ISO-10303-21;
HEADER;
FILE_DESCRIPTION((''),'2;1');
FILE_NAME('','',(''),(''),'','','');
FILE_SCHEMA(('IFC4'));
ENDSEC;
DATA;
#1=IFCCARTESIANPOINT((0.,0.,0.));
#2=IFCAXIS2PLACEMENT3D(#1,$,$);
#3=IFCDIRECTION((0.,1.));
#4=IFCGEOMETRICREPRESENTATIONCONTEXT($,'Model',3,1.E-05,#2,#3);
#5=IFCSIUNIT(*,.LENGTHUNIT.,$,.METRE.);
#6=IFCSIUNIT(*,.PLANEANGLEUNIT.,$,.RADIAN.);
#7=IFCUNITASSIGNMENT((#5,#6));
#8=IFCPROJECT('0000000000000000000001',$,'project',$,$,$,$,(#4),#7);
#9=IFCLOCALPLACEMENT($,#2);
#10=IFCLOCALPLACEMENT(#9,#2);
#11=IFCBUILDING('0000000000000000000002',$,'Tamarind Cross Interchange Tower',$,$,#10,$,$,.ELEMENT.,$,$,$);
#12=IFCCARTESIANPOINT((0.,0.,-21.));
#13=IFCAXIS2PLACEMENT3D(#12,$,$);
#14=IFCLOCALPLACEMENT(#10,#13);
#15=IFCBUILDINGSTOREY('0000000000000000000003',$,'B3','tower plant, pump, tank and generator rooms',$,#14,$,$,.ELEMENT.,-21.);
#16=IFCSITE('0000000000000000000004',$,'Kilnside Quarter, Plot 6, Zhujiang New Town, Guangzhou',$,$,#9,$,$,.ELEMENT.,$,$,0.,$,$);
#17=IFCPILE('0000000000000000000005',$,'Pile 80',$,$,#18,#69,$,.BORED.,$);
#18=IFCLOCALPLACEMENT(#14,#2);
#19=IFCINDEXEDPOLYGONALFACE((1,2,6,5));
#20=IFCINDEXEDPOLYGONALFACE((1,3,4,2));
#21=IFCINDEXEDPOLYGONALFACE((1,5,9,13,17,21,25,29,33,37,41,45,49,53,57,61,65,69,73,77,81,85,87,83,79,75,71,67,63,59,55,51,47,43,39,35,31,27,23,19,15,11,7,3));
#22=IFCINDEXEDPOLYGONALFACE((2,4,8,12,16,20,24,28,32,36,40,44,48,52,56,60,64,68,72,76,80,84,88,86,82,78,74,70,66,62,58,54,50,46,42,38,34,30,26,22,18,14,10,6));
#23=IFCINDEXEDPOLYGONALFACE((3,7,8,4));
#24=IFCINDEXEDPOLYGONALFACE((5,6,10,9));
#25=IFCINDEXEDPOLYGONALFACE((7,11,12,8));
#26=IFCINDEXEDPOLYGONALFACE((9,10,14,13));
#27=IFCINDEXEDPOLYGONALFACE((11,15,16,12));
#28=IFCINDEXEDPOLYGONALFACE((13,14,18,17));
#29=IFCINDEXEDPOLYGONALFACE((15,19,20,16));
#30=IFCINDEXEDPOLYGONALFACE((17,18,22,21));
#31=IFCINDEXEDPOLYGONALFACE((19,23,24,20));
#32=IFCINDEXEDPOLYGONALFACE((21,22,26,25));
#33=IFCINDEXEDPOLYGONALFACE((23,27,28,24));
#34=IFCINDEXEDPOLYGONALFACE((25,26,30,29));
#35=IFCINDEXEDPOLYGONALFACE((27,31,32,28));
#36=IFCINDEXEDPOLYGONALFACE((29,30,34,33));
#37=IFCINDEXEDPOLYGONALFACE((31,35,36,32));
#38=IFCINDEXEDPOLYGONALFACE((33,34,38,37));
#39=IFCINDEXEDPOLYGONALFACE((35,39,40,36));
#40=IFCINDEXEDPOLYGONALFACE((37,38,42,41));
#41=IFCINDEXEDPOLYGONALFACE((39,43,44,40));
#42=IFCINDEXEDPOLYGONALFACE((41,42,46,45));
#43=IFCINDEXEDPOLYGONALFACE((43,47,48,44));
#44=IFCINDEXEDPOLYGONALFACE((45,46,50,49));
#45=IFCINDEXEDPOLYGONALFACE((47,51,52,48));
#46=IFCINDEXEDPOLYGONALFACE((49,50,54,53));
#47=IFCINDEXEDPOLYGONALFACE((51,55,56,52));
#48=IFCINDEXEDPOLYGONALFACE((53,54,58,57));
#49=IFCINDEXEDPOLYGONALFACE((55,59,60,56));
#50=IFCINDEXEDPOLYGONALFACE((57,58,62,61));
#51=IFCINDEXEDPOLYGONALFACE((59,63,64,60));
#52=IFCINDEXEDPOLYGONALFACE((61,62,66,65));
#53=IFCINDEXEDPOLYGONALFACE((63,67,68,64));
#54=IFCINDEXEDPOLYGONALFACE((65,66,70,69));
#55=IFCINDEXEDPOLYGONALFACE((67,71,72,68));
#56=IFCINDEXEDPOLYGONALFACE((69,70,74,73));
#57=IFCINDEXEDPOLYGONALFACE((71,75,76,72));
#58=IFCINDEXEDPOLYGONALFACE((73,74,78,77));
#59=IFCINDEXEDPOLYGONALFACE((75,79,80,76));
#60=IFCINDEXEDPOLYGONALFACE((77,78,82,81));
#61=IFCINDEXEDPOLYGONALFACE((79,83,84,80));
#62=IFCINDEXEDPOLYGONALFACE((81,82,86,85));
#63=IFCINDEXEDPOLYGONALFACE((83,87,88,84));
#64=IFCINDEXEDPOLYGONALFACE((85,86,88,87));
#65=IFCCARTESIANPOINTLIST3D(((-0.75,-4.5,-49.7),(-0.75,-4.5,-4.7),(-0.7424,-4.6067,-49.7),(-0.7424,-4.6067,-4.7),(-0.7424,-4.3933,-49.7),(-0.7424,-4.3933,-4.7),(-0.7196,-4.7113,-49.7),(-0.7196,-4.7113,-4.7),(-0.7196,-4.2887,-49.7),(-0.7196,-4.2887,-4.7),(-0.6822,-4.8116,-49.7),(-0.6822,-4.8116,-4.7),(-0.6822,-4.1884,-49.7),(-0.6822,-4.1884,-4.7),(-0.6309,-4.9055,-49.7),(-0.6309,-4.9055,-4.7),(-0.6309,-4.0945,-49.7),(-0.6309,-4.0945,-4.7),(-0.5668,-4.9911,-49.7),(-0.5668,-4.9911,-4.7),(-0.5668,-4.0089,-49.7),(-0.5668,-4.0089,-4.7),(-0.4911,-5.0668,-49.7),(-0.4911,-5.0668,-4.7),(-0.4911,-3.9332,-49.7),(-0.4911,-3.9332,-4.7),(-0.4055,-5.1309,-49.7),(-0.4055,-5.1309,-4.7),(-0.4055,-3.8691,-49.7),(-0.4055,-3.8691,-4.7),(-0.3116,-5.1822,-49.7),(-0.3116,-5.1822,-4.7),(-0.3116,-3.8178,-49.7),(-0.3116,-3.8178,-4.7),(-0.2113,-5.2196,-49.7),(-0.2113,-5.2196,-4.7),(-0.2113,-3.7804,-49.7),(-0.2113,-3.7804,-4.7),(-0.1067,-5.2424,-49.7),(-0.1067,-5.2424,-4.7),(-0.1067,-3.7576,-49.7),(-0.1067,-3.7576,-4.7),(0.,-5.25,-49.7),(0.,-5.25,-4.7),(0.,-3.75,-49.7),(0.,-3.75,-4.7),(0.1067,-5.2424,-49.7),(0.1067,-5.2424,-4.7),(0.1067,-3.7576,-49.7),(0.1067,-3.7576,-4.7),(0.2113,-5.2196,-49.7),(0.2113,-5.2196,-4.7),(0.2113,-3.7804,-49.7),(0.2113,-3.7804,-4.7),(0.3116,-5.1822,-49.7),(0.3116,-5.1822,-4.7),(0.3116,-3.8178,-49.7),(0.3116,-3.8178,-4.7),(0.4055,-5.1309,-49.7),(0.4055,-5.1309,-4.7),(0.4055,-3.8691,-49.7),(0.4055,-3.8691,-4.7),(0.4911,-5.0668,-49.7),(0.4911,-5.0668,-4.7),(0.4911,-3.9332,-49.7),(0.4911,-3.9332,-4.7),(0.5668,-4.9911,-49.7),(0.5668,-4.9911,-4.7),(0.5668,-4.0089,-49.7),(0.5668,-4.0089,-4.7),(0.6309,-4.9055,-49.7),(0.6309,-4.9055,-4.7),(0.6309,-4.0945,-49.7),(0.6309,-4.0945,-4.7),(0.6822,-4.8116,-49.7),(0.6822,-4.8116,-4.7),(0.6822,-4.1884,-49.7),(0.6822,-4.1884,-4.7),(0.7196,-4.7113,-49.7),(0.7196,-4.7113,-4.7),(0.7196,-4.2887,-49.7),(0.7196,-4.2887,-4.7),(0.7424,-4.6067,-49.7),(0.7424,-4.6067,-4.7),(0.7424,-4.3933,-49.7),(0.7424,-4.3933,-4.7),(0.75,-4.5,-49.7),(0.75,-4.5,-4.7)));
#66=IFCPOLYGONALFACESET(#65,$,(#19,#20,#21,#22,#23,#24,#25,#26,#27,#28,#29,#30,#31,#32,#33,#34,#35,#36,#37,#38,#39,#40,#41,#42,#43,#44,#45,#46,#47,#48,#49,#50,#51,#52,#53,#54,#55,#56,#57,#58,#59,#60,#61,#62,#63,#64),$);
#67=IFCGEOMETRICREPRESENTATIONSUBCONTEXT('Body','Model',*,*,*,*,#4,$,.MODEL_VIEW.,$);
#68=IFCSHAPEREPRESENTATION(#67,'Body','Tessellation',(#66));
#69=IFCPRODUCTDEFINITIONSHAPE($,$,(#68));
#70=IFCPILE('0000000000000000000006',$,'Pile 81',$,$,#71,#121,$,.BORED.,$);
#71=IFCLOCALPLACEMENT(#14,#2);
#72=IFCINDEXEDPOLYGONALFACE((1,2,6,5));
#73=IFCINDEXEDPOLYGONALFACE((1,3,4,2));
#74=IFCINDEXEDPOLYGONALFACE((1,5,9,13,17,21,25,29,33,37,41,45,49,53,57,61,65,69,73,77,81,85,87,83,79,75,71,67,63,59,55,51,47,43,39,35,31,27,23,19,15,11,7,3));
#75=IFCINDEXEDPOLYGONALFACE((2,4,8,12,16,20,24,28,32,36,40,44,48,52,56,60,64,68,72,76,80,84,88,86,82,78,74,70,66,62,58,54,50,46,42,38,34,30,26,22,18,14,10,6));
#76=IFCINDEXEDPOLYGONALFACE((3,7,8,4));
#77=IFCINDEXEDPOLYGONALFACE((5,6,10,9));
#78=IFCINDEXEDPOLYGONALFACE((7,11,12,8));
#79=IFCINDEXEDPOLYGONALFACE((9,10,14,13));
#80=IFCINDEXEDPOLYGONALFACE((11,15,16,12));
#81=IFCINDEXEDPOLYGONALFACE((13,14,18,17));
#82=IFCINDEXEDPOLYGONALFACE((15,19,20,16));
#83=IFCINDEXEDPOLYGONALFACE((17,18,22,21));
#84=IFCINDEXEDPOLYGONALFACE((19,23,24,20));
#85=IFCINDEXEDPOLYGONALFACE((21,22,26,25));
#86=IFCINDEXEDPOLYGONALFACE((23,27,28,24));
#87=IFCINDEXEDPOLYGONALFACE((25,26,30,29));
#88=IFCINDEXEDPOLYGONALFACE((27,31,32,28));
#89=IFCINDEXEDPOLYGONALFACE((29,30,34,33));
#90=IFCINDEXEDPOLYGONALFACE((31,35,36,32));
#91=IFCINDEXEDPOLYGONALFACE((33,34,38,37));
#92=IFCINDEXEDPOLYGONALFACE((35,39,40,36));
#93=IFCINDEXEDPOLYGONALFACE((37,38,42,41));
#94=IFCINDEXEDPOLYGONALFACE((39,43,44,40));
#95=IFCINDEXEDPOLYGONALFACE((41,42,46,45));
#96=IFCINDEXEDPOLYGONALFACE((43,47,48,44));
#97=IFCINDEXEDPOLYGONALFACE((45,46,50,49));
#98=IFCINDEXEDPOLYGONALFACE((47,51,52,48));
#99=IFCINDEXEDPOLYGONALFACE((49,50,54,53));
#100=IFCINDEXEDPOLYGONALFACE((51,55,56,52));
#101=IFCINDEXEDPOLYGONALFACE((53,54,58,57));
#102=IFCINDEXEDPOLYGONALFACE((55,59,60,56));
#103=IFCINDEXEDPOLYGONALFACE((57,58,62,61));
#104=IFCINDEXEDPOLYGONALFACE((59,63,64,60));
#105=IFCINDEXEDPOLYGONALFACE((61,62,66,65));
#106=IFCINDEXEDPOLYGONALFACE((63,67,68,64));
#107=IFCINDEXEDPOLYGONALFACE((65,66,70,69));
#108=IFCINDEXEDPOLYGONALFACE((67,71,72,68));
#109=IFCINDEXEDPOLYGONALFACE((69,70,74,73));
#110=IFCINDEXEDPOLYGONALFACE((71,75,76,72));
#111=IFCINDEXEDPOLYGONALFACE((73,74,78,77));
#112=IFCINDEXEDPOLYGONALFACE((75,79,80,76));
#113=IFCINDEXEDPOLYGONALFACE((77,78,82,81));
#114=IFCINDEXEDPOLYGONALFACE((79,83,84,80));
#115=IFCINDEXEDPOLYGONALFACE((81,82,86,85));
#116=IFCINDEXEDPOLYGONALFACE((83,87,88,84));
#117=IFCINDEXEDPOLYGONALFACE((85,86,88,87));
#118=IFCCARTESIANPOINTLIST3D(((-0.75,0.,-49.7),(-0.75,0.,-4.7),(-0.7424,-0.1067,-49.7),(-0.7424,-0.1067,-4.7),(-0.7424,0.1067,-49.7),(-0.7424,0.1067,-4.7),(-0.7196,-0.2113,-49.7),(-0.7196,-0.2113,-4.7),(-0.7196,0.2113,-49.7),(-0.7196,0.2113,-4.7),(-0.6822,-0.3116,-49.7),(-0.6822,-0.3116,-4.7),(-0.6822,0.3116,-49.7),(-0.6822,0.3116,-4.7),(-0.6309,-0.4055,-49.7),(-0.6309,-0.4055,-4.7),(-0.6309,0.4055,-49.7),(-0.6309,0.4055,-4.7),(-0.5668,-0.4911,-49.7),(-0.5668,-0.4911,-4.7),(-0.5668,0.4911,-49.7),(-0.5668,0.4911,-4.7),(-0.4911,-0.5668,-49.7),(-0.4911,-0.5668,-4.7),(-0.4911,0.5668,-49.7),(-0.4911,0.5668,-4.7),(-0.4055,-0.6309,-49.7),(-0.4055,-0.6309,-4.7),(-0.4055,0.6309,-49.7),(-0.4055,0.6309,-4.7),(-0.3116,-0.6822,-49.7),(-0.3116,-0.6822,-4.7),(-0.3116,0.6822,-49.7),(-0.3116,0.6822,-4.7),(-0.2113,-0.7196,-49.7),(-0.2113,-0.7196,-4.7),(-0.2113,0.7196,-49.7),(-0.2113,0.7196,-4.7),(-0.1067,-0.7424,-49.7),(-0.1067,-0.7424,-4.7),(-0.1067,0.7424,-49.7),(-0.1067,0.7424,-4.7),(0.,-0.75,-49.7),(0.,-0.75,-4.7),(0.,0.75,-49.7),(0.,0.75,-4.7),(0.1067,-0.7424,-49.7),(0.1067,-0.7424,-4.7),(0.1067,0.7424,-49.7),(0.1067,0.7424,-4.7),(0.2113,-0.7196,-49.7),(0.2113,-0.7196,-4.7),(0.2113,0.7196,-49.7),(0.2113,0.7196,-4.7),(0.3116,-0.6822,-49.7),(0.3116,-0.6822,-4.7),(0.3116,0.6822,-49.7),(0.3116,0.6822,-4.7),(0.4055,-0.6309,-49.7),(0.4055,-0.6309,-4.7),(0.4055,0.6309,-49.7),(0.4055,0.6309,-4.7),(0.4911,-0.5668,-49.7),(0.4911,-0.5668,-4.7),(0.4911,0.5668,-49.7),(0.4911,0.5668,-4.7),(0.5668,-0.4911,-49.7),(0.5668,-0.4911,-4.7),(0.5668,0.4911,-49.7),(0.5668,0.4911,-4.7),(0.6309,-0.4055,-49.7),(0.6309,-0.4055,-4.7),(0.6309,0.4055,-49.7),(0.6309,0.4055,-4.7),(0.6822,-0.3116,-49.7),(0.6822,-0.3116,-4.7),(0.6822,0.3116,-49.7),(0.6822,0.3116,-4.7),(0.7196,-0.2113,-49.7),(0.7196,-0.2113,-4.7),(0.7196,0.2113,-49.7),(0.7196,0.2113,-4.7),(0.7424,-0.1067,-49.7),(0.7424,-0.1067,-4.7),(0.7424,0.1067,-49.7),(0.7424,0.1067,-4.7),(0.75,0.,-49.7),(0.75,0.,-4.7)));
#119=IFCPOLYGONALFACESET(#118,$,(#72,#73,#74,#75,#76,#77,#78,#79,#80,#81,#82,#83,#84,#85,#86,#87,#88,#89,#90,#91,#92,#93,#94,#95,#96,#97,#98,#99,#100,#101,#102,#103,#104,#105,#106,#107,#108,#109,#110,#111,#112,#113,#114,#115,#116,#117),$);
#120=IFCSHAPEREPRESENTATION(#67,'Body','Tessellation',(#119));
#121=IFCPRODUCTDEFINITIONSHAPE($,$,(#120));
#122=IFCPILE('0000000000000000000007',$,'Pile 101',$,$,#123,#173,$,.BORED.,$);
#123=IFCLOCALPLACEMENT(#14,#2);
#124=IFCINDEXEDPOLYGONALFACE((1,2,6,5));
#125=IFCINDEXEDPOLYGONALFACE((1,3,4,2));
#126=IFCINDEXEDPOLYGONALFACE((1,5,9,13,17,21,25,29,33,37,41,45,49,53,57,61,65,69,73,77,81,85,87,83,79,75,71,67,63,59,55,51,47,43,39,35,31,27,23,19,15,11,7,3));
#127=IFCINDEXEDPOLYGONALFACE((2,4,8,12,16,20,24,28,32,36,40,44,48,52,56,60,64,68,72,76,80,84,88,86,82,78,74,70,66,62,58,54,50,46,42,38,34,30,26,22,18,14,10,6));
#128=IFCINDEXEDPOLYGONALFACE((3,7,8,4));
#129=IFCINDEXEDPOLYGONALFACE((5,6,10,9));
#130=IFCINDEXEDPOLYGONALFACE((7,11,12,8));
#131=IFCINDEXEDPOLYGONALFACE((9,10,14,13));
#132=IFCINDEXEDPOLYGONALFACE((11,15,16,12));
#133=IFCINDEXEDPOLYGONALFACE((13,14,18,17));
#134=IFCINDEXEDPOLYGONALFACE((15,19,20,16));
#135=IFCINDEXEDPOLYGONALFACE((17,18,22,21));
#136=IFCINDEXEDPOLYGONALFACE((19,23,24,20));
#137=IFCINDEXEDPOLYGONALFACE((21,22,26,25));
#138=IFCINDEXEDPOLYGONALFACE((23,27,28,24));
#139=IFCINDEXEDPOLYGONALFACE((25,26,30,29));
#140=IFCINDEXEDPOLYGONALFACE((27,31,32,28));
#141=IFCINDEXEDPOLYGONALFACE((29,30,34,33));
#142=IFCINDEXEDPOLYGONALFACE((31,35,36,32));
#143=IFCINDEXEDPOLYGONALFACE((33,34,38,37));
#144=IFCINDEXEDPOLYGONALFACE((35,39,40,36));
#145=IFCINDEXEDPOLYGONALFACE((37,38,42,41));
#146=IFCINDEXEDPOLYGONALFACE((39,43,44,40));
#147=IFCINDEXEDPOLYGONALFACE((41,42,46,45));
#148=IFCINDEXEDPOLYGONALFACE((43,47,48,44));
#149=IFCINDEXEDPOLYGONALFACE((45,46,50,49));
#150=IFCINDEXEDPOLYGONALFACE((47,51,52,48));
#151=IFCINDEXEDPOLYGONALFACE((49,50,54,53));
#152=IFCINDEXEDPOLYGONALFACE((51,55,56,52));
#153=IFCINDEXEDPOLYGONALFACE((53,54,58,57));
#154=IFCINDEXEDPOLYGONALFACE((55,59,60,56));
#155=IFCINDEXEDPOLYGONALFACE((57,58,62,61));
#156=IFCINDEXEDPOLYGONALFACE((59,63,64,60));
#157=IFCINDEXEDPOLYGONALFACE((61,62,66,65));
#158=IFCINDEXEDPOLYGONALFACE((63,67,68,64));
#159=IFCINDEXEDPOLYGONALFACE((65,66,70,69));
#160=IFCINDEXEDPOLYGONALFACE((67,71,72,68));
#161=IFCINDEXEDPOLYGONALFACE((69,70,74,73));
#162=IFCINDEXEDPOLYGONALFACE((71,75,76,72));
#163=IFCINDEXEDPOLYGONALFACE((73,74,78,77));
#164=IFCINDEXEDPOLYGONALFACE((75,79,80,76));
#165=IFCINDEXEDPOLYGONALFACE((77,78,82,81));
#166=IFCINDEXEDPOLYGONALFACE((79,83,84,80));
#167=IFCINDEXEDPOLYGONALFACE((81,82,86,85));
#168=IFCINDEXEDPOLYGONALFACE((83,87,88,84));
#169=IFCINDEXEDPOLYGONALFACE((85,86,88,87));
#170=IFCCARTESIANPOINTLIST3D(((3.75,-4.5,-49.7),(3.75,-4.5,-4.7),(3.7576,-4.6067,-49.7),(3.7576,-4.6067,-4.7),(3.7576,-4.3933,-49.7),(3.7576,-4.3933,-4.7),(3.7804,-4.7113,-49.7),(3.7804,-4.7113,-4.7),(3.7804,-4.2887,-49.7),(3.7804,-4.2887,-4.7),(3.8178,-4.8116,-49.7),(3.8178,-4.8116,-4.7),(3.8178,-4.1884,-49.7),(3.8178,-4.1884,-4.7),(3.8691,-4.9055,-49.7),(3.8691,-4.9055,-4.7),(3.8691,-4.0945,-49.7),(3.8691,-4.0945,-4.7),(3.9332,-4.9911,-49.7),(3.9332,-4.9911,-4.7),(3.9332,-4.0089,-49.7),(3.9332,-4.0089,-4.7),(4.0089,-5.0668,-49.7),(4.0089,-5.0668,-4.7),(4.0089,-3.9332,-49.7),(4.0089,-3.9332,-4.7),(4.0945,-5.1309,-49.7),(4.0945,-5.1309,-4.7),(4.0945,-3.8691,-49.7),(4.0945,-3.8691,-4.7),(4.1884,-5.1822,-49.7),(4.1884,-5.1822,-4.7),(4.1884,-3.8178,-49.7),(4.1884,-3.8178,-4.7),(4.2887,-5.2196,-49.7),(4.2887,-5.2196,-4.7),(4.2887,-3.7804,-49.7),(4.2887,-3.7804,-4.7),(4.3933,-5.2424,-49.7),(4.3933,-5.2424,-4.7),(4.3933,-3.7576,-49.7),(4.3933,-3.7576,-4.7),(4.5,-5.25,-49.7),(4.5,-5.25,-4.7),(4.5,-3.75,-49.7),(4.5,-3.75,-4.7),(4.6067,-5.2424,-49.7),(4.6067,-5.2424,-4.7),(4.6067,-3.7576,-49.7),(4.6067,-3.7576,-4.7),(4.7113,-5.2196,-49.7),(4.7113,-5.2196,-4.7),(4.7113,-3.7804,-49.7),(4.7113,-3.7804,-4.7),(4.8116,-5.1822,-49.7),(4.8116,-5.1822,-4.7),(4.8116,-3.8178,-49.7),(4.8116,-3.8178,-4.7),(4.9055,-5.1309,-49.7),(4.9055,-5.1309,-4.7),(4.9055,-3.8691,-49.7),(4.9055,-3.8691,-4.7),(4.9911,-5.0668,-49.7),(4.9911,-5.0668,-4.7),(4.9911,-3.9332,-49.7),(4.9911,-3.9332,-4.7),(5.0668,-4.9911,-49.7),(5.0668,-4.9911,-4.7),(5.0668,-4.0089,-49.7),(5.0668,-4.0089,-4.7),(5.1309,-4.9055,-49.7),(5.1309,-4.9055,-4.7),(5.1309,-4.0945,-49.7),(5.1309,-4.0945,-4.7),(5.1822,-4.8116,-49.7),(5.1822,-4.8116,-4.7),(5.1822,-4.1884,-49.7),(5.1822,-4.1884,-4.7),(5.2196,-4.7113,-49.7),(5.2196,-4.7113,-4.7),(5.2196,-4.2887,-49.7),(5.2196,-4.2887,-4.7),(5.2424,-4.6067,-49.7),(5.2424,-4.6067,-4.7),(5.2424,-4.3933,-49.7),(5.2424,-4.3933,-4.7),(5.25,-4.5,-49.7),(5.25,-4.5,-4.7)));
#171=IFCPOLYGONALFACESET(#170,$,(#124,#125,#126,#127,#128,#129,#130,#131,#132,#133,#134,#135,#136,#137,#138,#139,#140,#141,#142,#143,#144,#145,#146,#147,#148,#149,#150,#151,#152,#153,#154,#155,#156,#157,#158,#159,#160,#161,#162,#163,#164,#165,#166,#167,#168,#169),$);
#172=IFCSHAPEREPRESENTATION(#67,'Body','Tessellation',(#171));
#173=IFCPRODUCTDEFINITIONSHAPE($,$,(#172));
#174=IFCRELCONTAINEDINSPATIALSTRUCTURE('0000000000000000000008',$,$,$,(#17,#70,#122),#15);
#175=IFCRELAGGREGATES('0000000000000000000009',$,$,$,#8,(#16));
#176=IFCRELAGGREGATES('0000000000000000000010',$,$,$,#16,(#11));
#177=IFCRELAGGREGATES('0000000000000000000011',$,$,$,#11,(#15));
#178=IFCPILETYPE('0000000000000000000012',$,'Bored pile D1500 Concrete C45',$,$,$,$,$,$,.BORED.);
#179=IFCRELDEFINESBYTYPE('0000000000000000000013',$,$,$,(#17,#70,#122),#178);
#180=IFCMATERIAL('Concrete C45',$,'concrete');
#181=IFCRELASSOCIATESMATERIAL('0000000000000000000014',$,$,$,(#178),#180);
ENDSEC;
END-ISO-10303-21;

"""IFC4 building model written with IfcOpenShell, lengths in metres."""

from ifc_helpers import new_model, si_unit, direction, frame, origin, origin_2d, place, context, subcontext, project, spatial, circle, extrude, material, material_profile, profile_set, type_object, element, save


model = new_model("IFC4")

# Units and contexts
model_context = context("Model", 3, precision=1e-05, world=origin(), true_north=direction((0.0, 1.0)))
body_context = subcontext(model_context, "Body", "Model", "MODEL_VIEW")
ifc_project = project(units=[si_unit("LENGTHUNIT", "METRE"), si_unit("PLANEANGLEUNIT", "RADIAN")], contexts=[model_context])

# Site, building, storey
site_placement = place(None, origin())
site = spatial("IfcSite", under=ifc_project, at=site_placement, Name="Kilnside Quarter, Plot 6, Zhujiang New Town, Guangzhou", CompositionType="ELEMENT", RefElevation=0.0)
building_placement = place(site_placement, origin())
building = spatial("IfcBuilding", under=site, at=building_placement, Name="Tamarind Cross Interchange Tower", CompositionType="ELEMENT")
storey_placement = place(building_placement, frame((0.0, 0.0, -21.0)))
storey = spatial("IfcBuildingStorey", under=building, at=storey_placement, Name="B3", Description="tower plant, pump, tank and generator rooms", CompositionType="ELEMENT", Elevation=-21.0)

# Piles
ifc_material_1 = material(Name="Concrete C45", Category="concrete")
ifc_material_profile = material_profile(ifc_material_1, circle(Radius=0.75, at=origin_2d()), Name="RC D1500")
ifc_profile_set = profile_set([ifc_material_profile], Name="Concrete C45")
pile_type = type_object("IfcPileType", Name="Bored pile D1500 Concrete C45", PredefinedType="BORED", material=ifc_profile_set)
for number, where, z_axis, x_axis, name in (
    (1, (0.0, -4.5, -4.7), (0.0, 0.0, -1.0), (1.0, 0.0, 0.0), "Pile 80"),
    (2, (0.0, 0.0, -4.7), (0.0, 0.0, -1.0), (1.0, 0.0, 0.0), "Pile 81"),
    (3, (4.5, -4.5, -4.7), (0.0, 0.0, -1.0), (1.0, 0.0, 0.0), "Pile 101"),
):
    element("IfcPile", number, at=place(storey_placement, frame(where, z_axis=z_axis, x_axis=x_axis)), inside=storey, type_object=pile_type, Name=name, PredefinedType="BORED", context=body_context, shape_type="SweptSolid", body=[
        extrude(circle(Radius=0.75, at=origin_2d()), origin(), (0.0, 0.0, 1.0), 45.0),
    ])

save(model, "model.ifc")
